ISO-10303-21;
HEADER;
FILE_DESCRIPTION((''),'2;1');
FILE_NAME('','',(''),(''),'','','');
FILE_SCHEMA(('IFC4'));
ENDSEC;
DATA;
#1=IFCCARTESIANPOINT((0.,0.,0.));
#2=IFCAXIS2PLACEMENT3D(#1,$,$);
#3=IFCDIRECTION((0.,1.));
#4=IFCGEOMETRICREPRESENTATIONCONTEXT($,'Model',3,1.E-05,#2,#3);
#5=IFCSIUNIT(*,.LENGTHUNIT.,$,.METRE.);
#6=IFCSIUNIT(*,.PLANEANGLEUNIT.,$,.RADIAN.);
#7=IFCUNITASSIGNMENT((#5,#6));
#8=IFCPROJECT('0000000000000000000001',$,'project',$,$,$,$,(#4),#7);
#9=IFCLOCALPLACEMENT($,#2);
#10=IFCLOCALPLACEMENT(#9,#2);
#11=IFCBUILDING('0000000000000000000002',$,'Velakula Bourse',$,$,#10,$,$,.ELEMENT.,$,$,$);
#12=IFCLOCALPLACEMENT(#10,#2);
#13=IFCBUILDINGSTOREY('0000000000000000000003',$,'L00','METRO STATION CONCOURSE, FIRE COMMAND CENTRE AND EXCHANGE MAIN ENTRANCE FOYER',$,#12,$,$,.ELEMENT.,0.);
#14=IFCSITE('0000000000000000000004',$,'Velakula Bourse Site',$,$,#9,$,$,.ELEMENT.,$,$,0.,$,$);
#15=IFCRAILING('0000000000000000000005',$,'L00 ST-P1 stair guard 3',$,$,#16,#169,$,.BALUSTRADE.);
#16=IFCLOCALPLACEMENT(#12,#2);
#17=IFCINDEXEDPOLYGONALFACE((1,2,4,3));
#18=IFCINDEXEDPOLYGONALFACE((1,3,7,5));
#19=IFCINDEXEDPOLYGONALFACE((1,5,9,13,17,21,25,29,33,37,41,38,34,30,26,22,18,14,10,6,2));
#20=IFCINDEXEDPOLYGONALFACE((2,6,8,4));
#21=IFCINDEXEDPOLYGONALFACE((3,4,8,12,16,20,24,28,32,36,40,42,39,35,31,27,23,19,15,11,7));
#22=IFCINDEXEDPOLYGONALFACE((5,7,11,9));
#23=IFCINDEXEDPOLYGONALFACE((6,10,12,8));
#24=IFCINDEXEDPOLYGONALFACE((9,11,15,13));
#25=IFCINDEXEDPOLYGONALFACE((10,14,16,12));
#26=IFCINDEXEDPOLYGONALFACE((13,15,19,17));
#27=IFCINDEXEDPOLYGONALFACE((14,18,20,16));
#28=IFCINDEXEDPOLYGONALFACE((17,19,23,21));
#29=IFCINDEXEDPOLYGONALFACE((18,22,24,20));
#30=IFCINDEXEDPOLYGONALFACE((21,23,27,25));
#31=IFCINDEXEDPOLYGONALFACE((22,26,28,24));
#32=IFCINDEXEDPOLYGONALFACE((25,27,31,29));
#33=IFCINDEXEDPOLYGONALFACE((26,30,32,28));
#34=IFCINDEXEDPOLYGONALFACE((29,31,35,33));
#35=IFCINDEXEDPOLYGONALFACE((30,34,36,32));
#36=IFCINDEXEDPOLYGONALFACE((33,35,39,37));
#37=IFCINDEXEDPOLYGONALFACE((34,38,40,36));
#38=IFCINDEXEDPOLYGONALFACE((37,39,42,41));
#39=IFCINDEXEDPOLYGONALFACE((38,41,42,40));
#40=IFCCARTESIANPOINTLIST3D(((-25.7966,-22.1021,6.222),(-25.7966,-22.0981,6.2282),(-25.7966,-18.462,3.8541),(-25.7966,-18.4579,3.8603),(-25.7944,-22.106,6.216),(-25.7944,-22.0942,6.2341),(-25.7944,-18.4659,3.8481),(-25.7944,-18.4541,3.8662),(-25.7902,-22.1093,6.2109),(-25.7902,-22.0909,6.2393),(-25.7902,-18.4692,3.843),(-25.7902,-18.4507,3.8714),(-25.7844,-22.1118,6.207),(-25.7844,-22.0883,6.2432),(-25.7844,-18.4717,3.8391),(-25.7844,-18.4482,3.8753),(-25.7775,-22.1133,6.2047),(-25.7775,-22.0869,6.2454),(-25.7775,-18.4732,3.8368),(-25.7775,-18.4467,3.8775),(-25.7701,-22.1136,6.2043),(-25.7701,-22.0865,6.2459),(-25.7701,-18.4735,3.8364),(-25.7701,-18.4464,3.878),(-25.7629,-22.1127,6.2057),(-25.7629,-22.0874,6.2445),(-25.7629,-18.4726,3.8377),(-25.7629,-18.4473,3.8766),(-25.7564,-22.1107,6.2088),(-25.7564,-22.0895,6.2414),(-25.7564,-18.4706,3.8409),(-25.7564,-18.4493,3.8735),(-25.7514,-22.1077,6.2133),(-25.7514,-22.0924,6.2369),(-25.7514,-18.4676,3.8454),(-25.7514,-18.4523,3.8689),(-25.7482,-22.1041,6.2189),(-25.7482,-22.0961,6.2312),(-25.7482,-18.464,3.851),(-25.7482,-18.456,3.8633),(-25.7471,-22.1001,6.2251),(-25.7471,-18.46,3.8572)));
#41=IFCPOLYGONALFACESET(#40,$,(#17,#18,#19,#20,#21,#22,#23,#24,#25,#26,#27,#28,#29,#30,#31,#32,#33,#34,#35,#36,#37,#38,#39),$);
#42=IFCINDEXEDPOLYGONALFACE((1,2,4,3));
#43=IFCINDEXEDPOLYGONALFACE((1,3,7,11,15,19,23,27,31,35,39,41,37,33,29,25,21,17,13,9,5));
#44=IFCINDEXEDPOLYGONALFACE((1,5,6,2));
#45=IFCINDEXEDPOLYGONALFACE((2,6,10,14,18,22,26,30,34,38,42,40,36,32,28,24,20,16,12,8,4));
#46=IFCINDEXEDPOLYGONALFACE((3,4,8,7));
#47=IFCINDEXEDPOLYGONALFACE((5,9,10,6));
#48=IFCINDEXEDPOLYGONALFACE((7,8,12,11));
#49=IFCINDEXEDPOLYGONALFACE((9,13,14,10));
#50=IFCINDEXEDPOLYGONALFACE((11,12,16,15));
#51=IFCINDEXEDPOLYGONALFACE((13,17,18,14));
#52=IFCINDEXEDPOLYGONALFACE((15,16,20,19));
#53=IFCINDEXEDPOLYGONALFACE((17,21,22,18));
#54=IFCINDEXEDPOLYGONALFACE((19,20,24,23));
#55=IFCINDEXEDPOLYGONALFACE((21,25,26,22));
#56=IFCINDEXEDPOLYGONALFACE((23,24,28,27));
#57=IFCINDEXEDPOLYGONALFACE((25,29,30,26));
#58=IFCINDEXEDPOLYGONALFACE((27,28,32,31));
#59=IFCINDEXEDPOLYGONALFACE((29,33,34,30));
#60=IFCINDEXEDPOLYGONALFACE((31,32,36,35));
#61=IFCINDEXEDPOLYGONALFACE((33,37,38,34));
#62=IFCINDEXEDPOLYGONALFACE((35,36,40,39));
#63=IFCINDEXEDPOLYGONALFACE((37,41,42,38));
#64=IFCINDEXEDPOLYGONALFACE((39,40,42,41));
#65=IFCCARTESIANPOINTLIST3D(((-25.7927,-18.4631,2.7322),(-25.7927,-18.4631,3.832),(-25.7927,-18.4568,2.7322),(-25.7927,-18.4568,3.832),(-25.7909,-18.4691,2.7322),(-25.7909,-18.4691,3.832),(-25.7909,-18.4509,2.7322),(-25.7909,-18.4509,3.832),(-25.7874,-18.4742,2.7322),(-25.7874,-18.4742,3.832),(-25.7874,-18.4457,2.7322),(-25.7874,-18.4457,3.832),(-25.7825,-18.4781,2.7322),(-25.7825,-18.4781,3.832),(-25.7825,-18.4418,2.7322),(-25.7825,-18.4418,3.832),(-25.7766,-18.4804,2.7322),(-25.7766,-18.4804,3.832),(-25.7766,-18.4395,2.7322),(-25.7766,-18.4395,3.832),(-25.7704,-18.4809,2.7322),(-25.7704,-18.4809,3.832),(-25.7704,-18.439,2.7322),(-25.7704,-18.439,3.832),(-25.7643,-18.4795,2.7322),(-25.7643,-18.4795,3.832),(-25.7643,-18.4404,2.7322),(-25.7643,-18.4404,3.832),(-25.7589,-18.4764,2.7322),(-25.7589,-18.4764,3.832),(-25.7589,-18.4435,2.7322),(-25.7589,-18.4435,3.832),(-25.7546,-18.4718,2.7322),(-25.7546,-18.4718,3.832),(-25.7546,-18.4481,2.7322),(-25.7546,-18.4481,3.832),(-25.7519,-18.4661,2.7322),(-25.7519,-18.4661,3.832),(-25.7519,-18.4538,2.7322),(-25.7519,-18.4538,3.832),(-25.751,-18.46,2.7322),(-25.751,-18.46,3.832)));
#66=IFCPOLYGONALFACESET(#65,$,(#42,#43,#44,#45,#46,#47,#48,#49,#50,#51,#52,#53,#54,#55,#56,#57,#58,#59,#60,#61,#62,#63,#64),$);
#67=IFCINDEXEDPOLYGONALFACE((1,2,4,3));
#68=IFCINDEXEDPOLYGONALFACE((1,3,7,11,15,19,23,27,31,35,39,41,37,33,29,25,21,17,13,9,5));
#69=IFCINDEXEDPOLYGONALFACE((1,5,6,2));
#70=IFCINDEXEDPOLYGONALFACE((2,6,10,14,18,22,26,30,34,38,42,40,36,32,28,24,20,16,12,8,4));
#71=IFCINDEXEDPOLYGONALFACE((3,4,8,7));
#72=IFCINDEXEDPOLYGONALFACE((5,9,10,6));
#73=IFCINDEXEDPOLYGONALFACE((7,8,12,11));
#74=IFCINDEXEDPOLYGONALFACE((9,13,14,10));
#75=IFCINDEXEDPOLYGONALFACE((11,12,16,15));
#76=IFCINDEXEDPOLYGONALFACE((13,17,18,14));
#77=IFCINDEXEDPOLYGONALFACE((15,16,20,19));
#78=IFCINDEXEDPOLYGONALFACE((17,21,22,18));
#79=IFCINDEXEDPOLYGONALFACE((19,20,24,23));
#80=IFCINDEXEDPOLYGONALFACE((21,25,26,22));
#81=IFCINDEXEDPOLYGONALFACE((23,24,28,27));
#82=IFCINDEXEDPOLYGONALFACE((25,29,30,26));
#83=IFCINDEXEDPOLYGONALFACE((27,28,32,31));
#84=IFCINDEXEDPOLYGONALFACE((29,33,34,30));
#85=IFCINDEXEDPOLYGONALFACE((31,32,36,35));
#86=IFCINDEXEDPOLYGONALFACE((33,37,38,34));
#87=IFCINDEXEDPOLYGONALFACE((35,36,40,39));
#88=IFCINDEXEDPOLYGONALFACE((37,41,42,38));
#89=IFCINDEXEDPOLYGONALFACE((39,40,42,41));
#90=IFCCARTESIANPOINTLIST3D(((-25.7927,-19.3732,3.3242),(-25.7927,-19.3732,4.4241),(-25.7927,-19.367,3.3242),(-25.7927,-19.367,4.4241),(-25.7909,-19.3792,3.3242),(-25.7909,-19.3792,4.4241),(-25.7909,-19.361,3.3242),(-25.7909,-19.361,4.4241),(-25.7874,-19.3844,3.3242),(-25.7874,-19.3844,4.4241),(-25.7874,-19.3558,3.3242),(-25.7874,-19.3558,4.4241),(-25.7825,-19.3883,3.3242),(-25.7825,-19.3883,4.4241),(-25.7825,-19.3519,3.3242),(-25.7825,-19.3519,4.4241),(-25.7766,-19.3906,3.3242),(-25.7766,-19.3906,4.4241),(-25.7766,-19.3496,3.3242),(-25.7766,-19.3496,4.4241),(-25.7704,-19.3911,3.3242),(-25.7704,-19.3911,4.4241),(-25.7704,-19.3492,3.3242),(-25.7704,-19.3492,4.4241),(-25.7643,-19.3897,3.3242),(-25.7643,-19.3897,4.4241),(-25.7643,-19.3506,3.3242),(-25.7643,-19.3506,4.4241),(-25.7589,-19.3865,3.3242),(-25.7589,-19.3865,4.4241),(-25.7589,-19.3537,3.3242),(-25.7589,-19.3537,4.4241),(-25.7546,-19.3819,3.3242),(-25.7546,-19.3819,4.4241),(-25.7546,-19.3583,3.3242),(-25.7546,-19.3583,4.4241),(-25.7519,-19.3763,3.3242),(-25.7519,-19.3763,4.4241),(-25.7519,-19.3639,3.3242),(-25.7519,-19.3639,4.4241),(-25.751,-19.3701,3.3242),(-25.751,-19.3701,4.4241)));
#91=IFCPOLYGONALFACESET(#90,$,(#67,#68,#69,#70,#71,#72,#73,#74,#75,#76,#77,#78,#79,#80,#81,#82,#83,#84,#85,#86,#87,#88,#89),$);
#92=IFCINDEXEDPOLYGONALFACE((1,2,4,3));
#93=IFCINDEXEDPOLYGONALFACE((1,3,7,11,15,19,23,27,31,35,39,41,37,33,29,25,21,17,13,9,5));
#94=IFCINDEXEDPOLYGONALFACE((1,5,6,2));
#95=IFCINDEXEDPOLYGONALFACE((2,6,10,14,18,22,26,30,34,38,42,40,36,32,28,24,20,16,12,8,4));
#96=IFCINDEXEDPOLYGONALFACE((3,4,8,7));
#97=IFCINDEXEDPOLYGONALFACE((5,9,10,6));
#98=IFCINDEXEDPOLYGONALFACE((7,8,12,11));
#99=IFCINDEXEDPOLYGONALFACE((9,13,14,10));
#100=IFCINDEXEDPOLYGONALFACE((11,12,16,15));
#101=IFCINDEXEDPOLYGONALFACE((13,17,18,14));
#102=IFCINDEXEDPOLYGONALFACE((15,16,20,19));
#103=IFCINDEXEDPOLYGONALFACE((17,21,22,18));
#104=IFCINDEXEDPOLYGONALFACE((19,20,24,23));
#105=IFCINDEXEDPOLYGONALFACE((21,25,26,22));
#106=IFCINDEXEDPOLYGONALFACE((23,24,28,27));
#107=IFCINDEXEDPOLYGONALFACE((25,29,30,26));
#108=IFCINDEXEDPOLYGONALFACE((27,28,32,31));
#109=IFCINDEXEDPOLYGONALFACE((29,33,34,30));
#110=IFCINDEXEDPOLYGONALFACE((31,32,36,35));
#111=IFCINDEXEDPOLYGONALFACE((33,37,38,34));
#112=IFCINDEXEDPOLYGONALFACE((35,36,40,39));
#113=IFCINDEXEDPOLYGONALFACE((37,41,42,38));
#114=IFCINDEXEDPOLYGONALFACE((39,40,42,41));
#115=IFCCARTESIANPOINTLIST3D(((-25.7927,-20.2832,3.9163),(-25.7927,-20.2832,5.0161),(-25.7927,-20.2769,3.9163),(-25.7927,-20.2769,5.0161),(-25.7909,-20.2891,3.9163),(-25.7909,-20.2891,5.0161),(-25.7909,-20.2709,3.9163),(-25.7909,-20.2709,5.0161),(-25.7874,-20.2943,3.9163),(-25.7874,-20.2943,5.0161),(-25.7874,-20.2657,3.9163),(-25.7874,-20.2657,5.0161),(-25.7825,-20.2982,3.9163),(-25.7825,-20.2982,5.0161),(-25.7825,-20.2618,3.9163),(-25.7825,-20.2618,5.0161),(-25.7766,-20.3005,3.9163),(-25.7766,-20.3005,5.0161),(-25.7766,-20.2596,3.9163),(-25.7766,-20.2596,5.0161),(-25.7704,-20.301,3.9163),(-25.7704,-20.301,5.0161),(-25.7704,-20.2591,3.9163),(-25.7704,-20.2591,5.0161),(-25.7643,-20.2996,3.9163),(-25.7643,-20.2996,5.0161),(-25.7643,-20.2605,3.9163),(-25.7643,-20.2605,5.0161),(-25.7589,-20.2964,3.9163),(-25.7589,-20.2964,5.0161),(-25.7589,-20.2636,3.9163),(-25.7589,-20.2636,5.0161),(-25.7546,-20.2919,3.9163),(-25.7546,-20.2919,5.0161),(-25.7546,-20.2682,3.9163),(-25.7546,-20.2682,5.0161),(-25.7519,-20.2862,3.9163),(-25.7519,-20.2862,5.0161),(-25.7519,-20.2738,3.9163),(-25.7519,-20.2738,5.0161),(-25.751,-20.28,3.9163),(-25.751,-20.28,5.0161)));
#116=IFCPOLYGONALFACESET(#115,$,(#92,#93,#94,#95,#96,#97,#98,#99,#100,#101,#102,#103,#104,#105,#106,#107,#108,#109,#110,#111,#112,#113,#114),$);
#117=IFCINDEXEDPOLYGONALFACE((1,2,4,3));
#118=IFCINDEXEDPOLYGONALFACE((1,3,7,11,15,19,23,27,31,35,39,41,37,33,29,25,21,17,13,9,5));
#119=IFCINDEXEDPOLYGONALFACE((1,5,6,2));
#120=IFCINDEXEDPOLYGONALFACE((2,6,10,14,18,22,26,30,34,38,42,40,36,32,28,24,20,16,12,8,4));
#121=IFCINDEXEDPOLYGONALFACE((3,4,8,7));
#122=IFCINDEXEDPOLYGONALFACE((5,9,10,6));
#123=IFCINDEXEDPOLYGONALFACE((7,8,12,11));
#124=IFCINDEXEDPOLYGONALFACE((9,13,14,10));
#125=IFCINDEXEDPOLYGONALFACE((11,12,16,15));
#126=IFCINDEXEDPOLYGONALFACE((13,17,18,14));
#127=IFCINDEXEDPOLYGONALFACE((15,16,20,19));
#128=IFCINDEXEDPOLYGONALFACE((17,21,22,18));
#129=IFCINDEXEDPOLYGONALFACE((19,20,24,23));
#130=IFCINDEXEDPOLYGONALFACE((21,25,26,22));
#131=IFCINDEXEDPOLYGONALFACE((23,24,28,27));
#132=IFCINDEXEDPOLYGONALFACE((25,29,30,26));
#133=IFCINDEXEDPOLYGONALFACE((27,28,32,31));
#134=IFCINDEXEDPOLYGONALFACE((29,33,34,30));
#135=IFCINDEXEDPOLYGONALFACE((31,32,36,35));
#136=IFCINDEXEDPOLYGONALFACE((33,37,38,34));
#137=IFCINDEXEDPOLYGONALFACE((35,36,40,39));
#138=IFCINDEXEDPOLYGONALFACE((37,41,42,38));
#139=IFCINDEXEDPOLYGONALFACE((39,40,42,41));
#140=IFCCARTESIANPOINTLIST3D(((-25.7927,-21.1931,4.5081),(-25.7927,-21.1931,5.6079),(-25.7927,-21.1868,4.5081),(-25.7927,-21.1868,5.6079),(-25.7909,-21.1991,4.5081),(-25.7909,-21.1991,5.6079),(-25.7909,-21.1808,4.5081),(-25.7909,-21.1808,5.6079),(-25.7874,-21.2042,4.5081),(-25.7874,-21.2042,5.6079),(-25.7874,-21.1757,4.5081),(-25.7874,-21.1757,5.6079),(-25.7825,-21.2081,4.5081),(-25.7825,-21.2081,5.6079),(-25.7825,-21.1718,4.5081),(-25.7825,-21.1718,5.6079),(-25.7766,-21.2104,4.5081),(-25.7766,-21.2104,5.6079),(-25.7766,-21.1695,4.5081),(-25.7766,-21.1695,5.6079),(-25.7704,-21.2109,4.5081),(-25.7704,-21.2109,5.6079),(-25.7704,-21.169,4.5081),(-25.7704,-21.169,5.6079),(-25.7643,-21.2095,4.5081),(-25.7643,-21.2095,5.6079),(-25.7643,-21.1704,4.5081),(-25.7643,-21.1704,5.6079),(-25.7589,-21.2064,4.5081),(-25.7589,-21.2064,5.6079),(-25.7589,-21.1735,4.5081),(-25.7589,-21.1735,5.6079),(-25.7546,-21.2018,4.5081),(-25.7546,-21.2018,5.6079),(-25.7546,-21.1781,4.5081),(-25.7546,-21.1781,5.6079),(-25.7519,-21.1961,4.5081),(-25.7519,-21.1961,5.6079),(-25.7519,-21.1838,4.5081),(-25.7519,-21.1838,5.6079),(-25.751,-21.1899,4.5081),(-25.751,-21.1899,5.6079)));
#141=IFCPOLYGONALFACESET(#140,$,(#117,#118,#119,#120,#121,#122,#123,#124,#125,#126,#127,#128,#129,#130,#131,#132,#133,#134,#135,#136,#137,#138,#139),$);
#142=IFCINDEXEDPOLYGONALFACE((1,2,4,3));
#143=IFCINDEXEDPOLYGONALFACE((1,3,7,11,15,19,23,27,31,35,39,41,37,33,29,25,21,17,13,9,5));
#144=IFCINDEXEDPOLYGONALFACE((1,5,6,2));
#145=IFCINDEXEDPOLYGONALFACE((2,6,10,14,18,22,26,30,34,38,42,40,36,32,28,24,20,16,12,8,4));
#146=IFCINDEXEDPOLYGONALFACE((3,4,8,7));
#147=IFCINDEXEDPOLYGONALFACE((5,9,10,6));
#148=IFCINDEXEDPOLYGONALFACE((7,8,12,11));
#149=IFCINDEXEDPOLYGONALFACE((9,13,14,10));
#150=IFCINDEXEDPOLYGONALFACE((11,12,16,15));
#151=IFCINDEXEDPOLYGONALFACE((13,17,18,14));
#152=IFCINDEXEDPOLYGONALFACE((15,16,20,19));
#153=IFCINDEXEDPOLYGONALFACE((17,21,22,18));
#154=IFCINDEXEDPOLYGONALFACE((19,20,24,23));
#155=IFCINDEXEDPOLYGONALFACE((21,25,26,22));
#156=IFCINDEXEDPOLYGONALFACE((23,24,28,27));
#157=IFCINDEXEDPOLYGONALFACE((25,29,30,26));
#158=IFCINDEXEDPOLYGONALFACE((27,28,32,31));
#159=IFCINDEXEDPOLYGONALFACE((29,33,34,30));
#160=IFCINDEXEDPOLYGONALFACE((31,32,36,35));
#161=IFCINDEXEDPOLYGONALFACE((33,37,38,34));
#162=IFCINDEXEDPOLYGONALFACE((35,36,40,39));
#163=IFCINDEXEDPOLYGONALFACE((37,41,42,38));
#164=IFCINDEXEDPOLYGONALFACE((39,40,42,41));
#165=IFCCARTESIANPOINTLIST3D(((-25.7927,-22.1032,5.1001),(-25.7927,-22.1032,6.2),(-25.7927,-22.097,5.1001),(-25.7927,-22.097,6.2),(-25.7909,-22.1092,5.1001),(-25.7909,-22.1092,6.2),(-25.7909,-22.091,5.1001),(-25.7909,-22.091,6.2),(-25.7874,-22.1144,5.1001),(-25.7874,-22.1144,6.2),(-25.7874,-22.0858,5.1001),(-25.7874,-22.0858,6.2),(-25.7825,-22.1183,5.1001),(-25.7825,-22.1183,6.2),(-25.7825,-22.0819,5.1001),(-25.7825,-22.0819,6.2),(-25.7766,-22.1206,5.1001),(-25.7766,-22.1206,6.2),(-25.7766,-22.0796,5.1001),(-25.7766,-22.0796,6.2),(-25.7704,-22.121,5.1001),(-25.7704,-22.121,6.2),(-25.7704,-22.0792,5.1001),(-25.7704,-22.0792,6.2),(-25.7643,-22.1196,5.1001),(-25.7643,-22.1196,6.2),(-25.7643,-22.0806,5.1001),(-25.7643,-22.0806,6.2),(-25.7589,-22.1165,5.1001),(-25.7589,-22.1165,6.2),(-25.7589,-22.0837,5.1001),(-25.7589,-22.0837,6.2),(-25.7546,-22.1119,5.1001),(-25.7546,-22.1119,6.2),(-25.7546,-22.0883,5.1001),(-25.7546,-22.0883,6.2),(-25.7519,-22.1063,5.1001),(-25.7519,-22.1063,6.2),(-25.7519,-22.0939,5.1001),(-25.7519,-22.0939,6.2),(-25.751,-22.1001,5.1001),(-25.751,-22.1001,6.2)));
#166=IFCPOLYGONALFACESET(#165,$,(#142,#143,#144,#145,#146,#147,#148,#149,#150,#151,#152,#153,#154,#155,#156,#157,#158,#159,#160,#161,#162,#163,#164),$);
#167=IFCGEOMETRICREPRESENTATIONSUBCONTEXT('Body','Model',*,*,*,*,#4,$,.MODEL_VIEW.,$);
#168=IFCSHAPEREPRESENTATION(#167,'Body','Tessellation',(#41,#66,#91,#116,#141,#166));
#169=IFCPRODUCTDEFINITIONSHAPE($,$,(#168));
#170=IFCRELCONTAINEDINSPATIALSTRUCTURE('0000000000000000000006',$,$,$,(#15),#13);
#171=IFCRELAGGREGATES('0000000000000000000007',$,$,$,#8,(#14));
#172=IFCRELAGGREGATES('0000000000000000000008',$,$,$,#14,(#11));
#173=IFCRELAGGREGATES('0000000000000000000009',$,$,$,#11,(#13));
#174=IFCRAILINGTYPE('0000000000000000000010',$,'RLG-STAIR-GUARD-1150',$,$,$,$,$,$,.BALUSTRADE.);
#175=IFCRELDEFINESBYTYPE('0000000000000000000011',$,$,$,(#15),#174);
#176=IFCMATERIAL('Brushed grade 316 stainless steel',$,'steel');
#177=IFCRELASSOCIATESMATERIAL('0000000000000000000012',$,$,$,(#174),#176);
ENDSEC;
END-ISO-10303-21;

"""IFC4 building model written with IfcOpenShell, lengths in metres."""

from ifc_helpers import new_model, si_unit, direction, frame, origin, origin_2d, place, context, subcontext, project, spatial, circle, extrude, material, type_object, element, save


model = new_model("IFC4")

# Units and contexts
model_context = context("Model", 3, precision=1e-05, world=origin(), true_north=direction((0.0, 1.0)))
body_context = subcontext(model_context, "Body", "Model", "MODEL_VIEW")
ifc_project = project(units=[si_unit("LENGTHUNIT", "METRE"), si_unit("PLANEANGLEUNIT", "RADIAN")], contexts=[model_context])

# Site, building, storey
site_placement = place(None, origin())
site = spatial("IfcSite", under=ifc_project, at=site_placement, Name="Velakula Bourse Site", CompositionType="ELEMENT", RefElevation=0.0)
building_placement = place(site_placement, origin())
building = spatial("IfcBuilding", under=site, at=building_placement, Name="Velakula Bourse", CompositionType="ELEMENT")
storey_placement = place(building_placement, origin())
storey = spatial("IfcBuildingStorey", under=building, at=storey_placement, Name="L00", Description="METRO STATION CONCOURSE, FIRE COMMAND CENTRE AND EXCHANGE MAIN ENTRANCE FOYER", CompositionType="ELEMENT", Elevation=0.0)

# Railing
ifc_material_1 = material(Name="Brushed grade 316 stainless steel", Category="steel")
railing_type_1 = type_object("IfcRailingType", Name="RLG-STAIR-GUARD-1150", PredefinedType="BALUSTRADE", material=ifc_material_1)
railing_1_placement = place(storey_placement, frame((-25.772, -18.46, 2.7322)))
element("IfcRailing", 1, at=railing_1_placement, inside=storey, type_object=railing_type_1, Name="L00 ST-P1 stair guard 3", PredefinedType="BALUSTRADE", context=body_context, shape_type="SweptSolid", body=[
    extrude(circle(Radius=0.0249, at=origin_2d()), frame((0.0, 0.0, 1.125), z_axis=(0.0, -0.838251, 0.545285), x_axis=(1.0, 0.0, 0.0)), (0.0, 0.0, 1.0), 4.3425),
    extrude(circle(Radius=0.021, at=origin_2d()), origin(), (0.0, 0.0, 1.0), 1.0999),
    extrude(circle(Radius=0.021, at=origin_2d()), frame((0.0, -0.9102, 0.592)), (0.0, 0.0, 1.0), 1.0999),
    extrude(circle(Radius=0.021, at=origin_2d()), frame((0.0, -1.8201, 1.1841)), (0.0, 0.0, 1.0), 1.0999),
    extrude(circle(Radius=0.021, at=origin_2d()), frame((0.0, -2.73, 1.7759)), (0.0, 0.0, 1.0), 1.0999),
    extrude(circle(Radius=0.021, at=origin_2d()), frame((0.0, -3.6401, 2.3679)), (0.0, 0.0, 1.0), 1.0999),
])

save(model, "model.ifc")
